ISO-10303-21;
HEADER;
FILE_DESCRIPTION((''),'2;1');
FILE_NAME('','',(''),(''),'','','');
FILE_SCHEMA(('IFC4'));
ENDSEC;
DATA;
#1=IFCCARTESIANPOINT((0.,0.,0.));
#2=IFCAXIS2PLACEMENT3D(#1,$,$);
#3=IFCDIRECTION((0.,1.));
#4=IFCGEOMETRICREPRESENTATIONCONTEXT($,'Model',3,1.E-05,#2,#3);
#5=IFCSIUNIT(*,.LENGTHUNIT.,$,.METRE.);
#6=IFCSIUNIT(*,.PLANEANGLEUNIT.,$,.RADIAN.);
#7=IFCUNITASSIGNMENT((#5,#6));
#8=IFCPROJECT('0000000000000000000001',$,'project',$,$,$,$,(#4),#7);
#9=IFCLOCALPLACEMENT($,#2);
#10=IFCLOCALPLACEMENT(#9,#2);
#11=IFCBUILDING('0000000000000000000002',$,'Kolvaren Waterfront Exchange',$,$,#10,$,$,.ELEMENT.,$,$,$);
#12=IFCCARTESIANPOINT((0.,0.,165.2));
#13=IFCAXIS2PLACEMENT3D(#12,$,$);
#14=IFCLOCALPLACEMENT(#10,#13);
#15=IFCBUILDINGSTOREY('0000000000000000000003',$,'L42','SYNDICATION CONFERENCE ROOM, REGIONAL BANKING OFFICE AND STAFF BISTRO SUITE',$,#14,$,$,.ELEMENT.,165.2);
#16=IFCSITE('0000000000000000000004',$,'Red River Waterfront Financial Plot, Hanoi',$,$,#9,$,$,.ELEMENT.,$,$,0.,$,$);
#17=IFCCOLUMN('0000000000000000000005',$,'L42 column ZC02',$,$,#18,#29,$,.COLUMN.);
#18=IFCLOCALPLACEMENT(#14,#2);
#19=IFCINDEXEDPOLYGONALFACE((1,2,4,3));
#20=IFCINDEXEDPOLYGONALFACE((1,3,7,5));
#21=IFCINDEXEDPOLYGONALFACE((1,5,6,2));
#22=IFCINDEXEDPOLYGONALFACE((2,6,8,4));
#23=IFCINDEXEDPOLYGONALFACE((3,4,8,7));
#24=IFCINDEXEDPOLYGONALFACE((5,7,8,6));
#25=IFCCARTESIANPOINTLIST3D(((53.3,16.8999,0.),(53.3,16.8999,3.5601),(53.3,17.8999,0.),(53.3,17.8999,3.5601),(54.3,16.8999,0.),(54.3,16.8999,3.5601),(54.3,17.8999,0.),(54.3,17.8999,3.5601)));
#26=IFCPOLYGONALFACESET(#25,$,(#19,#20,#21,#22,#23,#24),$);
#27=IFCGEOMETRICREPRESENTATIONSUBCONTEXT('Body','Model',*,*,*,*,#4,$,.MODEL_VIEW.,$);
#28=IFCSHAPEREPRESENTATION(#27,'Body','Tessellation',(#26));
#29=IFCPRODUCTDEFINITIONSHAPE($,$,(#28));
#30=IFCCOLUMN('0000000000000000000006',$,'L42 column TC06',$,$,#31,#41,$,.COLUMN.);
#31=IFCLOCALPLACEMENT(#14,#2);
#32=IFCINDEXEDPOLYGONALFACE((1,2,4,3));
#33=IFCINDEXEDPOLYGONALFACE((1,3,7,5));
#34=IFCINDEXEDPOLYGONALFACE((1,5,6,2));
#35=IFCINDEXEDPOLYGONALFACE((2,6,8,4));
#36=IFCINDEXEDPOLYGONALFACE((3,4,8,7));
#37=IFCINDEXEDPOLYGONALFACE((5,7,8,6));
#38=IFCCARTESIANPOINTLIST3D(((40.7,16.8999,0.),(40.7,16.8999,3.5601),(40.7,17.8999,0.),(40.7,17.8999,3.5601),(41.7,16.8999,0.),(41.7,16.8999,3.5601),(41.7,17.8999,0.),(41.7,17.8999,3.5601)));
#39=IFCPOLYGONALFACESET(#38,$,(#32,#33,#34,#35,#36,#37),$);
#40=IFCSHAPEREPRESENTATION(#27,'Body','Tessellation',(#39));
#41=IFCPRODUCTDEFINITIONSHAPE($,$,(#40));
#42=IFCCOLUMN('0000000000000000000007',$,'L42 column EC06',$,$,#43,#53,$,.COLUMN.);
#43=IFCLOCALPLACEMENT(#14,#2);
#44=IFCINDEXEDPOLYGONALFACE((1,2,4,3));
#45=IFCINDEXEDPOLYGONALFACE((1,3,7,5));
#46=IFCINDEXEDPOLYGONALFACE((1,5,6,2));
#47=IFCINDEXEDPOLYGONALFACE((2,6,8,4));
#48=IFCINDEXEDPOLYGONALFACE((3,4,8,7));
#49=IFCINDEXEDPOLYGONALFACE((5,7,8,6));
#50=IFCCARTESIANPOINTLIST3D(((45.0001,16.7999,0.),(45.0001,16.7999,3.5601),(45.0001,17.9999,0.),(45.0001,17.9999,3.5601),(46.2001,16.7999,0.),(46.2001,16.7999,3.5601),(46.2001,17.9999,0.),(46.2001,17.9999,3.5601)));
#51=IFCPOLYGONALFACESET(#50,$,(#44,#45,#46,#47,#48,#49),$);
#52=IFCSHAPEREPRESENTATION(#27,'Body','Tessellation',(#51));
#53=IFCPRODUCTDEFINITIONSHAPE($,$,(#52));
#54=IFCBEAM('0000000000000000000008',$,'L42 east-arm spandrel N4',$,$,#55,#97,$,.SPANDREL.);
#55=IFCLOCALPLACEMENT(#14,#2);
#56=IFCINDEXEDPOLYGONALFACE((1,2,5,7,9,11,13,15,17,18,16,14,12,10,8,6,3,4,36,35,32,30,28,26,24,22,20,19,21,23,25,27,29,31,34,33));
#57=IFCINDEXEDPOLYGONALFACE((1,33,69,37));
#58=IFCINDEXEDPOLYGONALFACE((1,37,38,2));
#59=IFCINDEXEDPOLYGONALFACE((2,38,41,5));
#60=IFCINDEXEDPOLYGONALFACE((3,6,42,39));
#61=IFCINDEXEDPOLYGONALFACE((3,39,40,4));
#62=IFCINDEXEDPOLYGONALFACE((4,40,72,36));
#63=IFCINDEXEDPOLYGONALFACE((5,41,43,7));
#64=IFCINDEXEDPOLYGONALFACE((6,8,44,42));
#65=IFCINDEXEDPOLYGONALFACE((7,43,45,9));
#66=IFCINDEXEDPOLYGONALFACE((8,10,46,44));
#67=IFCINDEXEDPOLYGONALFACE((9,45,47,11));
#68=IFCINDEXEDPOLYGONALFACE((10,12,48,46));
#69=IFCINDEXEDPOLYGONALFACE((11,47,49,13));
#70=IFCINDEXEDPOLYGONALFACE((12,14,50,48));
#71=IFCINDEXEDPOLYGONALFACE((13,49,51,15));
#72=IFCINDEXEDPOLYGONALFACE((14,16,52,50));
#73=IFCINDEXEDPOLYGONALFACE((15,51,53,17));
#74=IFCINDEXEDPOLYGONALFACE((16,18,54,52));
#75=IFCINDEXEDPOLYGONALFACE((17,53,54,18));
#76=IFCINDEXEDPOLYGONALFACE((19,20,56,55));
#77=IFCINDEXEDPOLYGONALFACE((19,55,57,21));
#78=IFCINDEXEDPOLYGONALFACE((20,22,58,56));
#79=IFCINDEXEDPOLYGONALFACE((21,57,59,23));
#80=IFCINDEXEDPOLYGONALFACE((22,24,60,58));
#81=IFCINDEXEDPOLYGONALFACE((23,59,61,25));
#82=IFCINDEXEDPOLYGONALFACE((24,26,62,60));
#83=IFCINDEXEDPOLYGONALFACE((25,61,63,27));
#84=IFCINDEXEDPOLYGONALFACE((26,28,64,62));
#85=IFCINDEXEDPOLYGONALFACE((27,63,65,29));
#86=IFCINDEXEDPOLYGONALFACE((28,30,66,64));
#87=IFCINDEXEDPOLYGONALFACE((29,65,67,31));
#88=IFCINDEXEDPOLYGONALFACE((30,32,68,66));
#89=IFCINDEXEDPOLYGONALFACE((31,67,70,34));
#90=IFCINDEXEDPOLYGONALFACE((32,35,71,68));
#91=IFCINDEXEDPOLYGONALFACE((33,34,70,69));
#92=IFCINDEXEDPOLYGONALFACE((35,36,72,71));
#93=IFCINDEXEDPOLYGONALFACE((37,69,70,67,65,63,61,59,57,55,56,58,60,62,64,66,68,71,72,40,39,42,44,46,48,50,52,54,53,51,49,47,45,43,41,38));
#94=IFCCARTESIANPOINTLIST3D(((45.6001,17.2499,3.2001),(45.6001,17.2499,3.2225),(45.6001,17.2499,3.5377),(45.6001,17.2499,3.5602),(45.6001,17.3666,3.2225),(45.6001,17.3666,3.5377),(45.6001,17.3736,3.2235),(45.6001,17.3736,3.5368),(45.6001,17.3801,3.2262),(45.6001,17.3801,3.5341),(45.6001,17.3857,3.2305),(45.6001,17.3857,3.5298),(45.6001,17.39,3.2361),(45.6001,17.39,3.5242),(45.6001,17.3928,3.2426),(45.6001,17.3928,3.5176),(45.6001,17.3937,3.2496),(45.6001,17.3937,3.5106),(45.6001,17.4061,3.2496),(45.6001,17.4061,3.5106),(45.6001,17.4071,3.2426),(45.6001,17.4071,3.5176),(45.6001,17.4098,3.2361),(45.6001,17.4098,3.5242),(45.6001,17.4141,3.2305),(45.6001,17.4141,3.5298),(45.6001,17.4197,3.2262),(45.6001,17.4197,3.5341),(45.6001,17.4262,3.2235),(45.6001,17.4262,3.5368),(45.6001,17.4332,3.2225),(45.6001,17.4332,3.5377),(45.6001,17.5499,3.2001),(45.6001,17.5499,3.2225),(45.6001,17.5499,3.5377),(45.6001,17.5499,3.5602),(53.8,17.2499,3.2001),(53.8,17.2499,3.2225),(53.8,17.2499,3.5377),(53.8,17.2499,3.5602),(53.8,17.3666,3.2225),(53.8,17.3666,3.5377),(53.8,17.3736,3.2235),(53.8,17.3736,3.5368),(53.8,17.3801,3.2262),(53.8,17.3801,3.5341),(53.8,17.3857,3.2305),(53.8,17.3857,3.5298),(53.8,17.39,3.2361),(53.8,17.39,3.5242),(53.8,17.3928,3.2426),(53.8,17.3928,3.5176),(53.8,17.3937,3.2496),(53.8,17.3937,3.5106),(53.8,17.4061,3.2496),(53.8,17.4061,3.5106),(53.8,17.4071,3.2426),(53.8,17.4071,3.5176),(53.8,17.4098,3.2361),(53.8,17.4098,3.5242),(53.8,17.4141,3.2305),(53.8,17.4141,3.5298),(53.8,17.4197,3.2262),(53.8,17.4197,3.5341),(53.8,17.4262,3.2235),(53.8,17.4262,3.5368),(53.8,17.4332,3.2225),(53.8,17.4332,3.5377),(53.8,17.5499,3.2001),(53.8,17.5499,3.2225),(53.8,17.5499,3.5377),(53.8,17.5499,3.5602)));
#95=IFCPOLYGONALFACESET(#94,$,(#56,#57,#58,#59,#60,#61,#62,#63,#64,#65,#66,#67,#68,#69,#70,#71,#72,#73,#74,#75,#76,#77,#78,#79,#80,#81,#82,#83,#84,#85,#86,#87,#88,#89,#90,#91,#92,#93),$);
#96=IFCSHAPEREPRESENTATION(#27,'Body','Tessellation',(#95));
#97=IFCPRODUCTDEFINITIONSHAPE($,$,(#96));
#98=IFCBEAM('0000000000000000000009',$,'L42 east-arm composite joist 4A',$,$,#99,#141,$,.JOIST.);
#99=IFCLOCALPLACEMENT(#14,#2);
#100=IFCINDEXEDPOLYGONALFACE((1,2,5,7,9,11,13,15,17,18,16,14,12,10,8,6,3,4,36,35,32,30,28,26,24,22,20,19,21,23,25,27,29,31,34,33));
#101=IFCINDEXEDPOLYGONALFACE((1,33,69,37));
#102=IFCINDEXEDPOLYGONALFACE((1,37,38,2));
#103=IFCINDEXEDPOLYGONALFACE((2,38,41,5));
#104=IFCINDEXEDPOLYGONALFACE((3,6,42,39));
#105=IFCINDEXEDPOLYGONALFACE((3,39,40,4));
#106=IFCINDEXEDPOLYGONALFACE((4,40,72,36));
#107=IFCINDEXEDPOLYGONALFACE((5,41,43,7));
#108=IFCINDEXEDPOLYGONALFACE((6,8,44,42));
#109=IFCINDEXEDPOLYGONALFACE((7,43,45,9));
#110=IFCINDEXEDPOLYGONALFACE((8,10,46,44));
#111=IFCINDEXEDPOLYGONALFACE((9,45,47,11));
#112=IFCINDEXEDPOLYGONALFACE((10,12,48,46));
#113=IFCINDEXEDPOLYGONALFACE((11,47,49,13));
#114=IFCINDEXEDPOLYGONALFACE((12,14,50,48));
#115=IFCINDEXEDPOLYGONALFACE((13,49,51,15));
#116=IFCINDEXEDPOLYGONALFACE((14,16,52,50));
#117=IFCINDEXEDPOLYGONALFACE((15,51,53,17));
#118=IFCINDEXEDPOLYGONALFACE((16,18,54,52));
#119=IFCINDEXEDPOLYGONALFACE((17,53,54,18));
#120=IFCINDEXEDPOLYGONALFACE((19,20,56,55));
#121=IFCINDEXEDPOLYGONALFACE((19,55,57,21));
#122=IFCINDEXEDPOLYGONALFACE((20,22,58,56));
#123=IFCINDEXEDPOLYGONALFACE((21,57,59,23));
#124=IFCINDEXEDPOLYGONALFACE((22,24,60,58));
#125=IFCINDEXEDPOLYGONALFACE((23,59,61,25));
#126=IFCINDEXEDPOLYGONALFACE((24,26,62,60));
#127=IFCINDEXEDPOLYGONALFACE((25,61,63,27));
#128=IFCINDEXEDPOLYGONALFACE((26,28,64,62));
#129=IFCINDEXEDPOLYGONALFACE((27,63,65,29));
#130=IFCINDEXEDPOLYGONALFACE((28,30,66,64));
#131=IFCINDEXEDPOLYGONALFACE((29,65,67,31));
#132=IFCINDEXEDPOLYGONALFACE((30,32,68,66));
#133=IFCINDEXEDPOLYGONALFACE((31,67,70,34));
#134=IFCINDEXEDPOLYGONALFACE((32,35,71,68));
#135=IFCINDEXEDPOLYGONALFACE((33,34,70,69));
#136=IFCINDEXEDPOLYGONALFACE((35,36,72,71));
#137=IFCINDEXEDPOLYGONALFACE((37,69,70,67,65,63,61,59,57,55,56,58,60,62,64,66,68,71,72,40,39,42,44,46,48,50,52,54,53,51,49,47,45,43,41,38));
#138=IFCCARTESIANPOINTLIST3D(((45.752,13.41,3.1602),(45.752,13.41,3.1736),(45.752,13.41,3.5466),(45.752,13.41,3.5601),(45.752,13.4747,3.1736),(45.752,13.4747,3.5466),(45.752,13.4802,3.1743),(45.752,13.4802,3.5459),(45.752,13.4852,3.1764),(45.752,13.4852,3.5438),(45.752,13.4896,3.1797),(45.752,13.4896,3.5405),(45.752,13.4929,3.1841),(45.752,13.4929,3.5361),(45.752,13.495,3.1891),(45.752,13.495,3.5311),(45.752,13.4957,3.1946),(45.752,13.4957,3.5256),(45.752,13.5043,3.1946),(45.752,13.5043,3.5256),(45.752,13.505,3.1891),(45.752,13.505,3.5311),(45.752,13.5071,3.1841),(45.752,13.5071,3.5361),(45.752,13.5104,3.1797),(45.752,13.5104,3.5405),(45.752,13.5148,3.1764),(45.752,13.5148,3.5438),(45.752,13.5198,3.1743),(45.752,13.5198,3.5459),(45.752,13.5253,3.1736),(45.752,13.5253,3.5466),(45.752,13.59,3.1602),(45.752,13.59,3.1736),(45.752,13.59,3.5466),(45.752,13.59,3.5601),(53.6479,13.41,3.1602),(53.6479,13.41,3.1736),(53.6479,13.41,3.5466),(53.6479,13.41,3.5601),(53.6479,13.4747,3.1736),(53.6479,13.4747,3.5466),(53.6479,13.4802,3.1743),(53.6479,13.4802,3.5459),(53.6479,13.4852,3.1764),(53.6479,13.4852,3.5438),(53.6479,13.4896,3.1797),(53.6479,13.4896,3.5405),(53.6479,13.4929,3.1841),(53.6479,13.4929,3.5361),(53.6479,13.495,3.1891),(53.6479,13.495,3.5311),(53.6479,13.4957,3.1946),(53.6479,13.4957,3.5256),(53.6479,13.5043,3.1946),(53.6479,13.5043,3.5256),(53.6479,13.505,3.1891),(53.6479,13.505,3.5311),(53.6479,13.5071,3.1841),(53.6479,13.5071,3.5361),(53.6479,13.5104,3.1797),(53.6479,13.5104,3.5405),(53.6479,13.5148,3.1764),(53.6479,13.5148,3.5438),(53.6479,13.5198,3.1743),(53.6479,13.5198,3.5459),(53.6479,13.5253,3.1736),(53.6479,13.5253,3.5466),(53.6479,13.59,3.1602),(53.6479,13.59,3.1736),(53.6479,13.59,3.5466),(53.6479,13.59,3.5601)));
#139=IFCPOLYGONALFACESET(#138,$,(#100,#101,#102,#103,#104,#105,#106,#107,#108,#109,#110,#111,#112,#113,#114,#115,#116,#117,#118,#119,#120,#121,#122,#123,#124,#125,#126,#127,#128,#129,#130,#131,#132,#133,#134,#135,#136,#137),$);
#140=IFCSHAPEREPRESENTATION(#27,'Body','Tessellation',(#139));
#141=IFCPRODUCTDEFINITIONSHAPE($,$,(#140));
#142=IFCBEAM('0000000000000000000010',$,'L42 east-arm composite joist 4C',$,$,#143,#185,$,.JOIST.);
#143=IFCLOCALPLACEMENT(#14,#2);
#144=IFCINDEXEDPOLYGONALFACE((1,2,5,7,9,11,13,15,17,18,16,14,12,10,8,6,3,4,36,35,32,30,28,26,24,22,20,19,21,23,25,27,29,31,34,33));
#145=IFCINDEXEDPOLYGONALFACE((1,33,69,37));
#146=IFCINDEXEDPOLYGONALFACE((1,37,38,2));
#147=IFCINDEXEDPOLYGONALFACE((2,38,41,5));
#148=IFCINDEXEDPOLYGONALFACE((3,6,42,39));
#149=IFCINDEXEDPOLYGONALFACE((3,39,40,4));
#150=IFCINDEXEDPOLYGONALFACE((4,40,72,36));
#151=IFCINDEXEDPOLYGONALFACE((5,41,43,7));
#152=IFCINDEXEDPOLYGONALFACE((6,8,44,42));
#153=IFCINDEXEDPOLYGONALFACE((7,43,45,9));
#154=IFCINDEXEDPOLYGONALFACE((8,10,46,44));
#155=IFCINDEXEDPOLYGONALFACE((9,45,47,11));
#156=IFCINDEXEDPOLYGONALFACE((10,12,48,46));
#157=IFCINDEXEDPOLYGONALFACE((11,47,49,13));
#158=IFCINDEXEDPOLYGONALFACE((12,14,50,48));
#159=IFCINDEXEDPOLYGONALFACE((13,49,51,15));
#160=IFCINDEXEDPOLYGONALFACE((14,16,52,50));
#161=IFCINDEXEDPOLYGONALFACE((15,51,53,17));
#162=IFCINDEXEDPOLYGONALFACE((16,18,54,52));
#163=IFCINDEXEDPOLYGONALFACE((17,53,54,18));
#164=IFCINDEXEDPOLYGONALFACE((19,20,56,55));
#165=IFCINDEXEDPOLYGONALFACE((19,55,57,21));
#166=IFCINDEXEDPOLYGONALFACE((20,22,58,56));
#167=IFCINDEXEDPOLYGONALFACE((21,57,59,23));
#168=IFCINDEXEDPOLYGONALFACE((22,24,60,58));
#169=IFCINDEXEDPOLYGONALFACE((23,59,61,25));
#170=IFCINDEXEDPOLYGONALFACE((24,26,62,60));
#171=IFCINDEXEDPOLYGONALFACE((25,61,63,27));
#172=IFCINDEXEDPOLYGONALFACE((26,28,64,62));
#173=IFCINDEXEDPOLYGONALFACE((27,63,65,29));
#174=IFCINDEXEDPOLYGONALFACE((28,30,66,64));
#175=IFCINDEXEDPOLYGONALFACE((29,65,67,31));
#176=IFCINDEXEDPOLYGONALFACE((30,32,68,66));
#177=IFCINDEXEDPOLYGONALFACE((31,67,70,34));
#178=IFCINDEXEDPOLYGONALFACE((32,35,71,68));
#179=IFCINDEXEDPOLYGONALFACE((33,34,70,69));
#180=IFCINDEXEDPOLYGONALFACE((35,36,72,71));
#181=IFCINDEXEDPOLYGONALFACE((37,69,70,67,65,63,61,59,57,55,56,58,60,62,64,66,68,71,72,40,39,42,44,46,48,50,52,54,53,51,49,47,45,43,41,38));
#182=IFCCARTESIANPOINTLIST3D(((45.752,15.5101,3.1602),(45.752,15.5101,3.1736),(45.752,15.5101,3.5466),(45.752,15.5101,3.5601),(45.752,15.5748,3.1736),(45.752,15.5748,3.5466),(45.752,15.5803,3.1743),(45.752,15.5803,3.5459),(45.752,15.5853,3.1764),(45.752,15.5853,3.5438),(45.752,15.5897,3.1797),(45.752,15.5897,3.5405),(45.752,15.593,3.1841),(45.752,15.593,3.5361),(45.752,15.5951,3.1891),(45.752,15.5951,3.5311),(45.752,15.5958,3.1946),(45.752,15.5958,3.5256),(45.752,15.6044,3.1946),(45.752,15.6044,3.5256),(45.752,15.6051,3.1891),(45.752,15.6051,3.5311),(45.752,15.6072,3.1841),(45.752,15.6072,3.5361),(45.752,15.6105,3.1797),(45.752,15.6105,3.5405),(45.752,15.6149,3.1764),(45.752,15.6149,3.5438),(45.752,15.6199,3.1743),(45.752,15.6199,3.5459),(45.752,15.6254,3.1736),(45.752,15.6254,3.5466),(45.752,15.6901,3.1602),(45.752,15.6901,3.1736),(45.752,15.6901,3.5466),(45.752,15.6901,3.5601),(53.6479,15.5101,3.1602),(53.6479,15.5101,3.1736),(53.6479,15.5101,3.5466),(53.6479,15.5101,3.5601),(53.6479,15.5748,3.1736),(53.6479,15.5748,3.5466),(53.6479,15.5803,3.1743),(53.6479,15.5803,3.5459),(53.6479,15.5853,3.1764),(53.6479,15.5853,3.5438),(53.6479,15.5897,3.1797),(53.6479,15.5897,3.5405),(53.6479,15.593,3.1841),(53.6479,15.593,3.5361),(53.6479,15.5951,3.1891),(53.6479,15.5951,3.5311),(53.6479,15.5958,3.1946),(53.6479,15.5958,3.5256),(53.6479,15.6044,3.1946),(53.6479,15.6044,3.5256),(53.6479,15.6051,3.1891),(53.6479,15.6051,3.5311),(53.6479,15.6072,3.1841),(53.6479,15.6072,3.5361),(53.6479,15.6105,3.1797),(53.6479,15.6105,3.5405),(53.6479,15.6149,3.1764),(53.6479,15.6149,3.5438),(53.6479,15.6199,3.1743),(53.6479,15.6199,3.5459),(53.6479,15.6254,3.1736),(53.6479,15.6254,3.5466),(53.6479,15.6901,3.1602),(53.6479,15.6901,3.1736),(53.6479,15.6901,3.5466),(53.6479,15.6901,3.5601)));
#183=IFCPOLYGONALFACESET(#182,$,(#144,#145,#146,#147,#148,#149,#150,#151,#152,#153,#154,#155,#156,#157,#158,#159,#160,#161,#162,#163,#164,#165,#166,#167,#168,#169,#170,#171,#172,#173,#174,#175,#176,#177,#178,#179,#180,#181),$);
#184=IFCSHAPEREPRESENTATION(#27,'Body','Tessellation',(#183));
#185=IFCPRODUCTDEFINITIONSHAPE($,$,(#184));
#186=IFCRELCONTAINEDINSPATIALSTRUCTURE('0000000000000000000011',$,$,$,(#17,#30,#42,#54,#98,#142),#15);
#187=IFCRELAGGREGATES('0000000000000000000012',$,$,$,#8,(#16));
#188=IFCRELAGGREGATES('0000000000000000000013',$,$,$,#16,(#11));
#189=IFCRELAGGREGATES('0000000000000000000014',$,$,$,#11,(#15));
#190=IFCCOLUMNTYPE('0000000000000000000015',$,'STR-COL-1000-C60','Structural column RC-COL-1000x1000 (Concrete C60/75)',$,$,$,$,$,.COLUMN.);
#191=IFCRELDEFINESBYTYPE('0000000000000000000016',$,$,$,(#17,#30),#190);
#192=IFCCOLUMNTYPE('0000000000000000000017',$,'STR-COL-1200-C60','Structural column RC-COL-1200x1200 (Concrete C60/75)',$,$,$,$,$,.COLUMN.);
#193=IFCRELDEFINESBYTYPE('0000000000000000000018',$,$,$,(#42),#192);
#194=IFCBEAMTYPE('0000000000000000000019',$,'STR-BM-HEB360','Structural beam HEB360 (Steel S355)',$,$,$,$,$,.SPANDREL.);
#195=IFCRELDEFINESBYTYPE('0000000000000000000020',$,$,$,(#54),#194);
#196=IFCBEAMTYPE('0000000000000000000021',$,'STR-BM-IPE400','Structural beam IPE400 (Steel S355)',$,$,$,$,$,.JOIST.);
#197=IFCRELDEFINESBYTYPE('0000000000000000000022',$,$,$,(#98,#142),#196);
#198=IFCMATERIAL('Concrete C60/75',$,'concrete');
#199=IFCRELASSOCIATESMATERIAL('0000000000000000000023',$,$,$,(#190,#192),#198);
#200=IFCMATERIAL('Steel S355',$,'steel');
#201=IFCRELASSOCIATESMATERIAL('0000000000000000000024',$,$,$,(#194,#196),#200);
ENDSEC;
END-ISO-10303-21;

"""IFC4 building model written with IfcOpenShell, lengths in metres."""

from ifc_helpers import new_model, si_unit, direction, frame, origin, origin_2d, place, context, subcontext, project, spatial, rectangle, i_section, extrude, material, material_profile, profile_set, type_object, element, save


model = new_model("IFC4")

# Units and contexts
model_context = context("Model", 3, precision=1e-05, world=origin(), true_north=direction((0.0, 1.0)))
body_context = subcontext(model_context, "Body", "Model", "MODEL_VIEW")
ifc_project = project(units=[si_unit("LENGTHUNIT", "METRE"), si_unit("PLANEANGLEUNIT", "RADIAN")], contexts=[model_context])

# Site, building, storey
site_placement = place(None, origin())
site = spatial("IfcSite", under=ifc_project, at=site_placement, Name="Red River Waterfront Financial Plot, Hanoi", CompositionType="ELEMENT", RefElevation=0.0)
building_placement = place(site_placement, origin())
building = spatial("IfcBuilding", under=site, at=building_placement, Name="Kolvaren Waterfront Exchange", CompositionType="ELEMENT")
storey_placement = place(building_placement, frame((0.0, 0.0, 165.2)))
storey = spatial("IfcBuildingStorey", under=building, at=storey_placement, Name="L42", Description="SYNDICATION CONFERENCE ROOM, REGIONAL BANKING OFFICE AND STAFF BISTRO SUITE", CompositionType="ELEMENT", Elevation=165.2)

# Columns
ifc_material_1 = material(Name="Concrete C60/75", Category="concrete")
ifc_material_profile_1 = material_profile(ifc_material_1, rectangle(XDim=1.0, YDim=1.0, at=origin_2d()), Name="RC-COL-1000x1000")
ifc_profile_set_1 = profile_set([ifc_material_profile_1], Name="Concrete C60/75")
column_type_1 = type_object("IfcColumnType", Name="STR-COL-1000-C60", Description="Structural column RC-COL-1000x1000 (Concrete C60/75)", PredefinedType="COLUMN", material=ifc_profile_set_1)
for number, where, z_axis, x_axis, name in (
    (1, (53.8, 17.3999, 0.0), (0.0, 0.0, 1.0), (1.0, 0.0, 0.0), "L42 column ZC02"),
    (2, (41.2, 17.3999, 0.0), (0.0, 0.0, 1.0), (1.0, 0.0, 0.0), "L42 column TC06"),
):
    element("IfcColumn", number, at=place(storey_placement, frame(where, z_axis=z_axis, x_axis=x_axis)), inside=storey, type_object=column_type_1, Name=name, PredefinedType="COLUMN", context=body_context, shape_type="SweptSolid", body=[
        extrude(rectangle(XDim=1.0, YDim=1.0, at=origin_2d()), origin(), (0.0, 0.0, 1.0), 3.5601),
    ])
ifc_material_profile_2 = material_profile(ifc_material_1, rectangle(XDim=1.2, YDim=1.2, at=origin_2d()), Name="RC-COL-1200x1200")
ifc_profile_set_2 = profile_set([ifc_material_profile_2], Name="Concrete C60/75")
column_type_2 = type_object("IfcColumnType", Name="STR-COL-1200-C60", Description="Structural column RC-COL-1200x1200 (Concrete C60/75)", PredefinedType="COLUMN", material=ifc_profile_set_2)
column_placement = place(storey_placement, frame((45.6001, 17.3999, 0.0), z_axis=(0.0, 0.0, 1.0), x_axis=(1.0, 0.0, 0.0)))
element("IfcColumn", 3, at=column_placement, inside=storey, type_object=column_type_2, Name="L42 column EC06", PredefinedType="COLUMN", context=body_context, shape_type="SweptSolid", body=[
    extrude(rectangle(XDim=1.2, YDim=1.2, at=origin_2d()), origin(), (0.0, 0.0, 1.0), 3.5601),
])

# Beams
ifc_material_2 = material(Name="Steel S355", Category="steel")
ifc_material_profile_3 = material_profile(ifc_material_2, i_section(OverallWidth=0.3, OverallDepth=0.3601, WebThickness=0.0125, FlangeThickness=0.0225, FilletRadius=0.0271, at=origin_2d()), Name="HEB360")
ifc_profile_set_3 = profile_set([ifc_material_profile_3], Name="Steel S355")
beam_type_1 = type_object("IfcBeamType", Name="STR-BM-HEB360", Description="Structural beam HEB360 (Steel S355)", PredefinedType="SPANDREL", material=ifc_profile_set_3)
beam_placement = place(storey_placement, frame((45.6001, 17.3999, 3.3801), z_axis=(1.0, 0.0, 0.0), x_axis=(0.0, 1.0, 0.0)))
element("IfcBeam", 4, at=beam_placement, inside=storey, type_object=beam_type_1, Name="L42 east-arm spandrel N4", PredefinedType="SPANDREL", context=body_context, shape_type="SweptSolid", body=[
    extrude(i_section(OverallWidth=0.3, OverallDepth=0.3601, WebThickness=0.0125, FlangeThickness=0.0225, FilletRadius=0.0271, at=origin_2d()), origin(), (0.0, 0.0, 1.0), 8.2),
])
ifc_material_profile_4 = material_profile(ifc_material_2, i_section(OverallWidth=0.1799, OverallDepth=0.3999, WebThickness=0.0085, FlangeThickness=0.0134, FilletRadius=0.021, at=origin_2d()), Name="IPE400")
ifc_profile_set_4 = profile_set([ifc_material_profile_4], Name="Steel S355")
beam_type_2 = type_object("IfcBeamType", Name="STR-BM-IPE400", Description="Structural beam IPE400 (Steel S355)", PredefinedType="JOIST", material=ifc_profile_set_4)
for number, where, z_axis, x_axis, name in (
    (5, (45.752, 13.5, 3.3601), (1.0, 0.0, 0.0), (0.0, 1.0, 0.0), "L42 east-arm composite joist 4A"),
    (6, (45.752, 15.6001, 3.3601), (1.0, 0.0, 0.0), (0.0, 1.0, 0.0), "L42 east-arm composite joist 4C"),
):
    element("IfcBeam", number, at=place(storey_placement, frame(where, z_axis=z_axis, x_axis=x_axis)), inside=storey, type_object=beam_type_2, Name=name, PredefinedType="JOIST", context=body_context, shape_type="SweptSolid", body=[
        extrude(i_section(OverallWidth=0.1799, OverallDepth=0.3999, WebThickness=0.0085, FlangeThickness=0.0134, FilletRadius=0.021, at=origin_2d()), origin(), (0.0, 0.0, 1.0), 7.896),
    ])

save(model, "model.ifc")
